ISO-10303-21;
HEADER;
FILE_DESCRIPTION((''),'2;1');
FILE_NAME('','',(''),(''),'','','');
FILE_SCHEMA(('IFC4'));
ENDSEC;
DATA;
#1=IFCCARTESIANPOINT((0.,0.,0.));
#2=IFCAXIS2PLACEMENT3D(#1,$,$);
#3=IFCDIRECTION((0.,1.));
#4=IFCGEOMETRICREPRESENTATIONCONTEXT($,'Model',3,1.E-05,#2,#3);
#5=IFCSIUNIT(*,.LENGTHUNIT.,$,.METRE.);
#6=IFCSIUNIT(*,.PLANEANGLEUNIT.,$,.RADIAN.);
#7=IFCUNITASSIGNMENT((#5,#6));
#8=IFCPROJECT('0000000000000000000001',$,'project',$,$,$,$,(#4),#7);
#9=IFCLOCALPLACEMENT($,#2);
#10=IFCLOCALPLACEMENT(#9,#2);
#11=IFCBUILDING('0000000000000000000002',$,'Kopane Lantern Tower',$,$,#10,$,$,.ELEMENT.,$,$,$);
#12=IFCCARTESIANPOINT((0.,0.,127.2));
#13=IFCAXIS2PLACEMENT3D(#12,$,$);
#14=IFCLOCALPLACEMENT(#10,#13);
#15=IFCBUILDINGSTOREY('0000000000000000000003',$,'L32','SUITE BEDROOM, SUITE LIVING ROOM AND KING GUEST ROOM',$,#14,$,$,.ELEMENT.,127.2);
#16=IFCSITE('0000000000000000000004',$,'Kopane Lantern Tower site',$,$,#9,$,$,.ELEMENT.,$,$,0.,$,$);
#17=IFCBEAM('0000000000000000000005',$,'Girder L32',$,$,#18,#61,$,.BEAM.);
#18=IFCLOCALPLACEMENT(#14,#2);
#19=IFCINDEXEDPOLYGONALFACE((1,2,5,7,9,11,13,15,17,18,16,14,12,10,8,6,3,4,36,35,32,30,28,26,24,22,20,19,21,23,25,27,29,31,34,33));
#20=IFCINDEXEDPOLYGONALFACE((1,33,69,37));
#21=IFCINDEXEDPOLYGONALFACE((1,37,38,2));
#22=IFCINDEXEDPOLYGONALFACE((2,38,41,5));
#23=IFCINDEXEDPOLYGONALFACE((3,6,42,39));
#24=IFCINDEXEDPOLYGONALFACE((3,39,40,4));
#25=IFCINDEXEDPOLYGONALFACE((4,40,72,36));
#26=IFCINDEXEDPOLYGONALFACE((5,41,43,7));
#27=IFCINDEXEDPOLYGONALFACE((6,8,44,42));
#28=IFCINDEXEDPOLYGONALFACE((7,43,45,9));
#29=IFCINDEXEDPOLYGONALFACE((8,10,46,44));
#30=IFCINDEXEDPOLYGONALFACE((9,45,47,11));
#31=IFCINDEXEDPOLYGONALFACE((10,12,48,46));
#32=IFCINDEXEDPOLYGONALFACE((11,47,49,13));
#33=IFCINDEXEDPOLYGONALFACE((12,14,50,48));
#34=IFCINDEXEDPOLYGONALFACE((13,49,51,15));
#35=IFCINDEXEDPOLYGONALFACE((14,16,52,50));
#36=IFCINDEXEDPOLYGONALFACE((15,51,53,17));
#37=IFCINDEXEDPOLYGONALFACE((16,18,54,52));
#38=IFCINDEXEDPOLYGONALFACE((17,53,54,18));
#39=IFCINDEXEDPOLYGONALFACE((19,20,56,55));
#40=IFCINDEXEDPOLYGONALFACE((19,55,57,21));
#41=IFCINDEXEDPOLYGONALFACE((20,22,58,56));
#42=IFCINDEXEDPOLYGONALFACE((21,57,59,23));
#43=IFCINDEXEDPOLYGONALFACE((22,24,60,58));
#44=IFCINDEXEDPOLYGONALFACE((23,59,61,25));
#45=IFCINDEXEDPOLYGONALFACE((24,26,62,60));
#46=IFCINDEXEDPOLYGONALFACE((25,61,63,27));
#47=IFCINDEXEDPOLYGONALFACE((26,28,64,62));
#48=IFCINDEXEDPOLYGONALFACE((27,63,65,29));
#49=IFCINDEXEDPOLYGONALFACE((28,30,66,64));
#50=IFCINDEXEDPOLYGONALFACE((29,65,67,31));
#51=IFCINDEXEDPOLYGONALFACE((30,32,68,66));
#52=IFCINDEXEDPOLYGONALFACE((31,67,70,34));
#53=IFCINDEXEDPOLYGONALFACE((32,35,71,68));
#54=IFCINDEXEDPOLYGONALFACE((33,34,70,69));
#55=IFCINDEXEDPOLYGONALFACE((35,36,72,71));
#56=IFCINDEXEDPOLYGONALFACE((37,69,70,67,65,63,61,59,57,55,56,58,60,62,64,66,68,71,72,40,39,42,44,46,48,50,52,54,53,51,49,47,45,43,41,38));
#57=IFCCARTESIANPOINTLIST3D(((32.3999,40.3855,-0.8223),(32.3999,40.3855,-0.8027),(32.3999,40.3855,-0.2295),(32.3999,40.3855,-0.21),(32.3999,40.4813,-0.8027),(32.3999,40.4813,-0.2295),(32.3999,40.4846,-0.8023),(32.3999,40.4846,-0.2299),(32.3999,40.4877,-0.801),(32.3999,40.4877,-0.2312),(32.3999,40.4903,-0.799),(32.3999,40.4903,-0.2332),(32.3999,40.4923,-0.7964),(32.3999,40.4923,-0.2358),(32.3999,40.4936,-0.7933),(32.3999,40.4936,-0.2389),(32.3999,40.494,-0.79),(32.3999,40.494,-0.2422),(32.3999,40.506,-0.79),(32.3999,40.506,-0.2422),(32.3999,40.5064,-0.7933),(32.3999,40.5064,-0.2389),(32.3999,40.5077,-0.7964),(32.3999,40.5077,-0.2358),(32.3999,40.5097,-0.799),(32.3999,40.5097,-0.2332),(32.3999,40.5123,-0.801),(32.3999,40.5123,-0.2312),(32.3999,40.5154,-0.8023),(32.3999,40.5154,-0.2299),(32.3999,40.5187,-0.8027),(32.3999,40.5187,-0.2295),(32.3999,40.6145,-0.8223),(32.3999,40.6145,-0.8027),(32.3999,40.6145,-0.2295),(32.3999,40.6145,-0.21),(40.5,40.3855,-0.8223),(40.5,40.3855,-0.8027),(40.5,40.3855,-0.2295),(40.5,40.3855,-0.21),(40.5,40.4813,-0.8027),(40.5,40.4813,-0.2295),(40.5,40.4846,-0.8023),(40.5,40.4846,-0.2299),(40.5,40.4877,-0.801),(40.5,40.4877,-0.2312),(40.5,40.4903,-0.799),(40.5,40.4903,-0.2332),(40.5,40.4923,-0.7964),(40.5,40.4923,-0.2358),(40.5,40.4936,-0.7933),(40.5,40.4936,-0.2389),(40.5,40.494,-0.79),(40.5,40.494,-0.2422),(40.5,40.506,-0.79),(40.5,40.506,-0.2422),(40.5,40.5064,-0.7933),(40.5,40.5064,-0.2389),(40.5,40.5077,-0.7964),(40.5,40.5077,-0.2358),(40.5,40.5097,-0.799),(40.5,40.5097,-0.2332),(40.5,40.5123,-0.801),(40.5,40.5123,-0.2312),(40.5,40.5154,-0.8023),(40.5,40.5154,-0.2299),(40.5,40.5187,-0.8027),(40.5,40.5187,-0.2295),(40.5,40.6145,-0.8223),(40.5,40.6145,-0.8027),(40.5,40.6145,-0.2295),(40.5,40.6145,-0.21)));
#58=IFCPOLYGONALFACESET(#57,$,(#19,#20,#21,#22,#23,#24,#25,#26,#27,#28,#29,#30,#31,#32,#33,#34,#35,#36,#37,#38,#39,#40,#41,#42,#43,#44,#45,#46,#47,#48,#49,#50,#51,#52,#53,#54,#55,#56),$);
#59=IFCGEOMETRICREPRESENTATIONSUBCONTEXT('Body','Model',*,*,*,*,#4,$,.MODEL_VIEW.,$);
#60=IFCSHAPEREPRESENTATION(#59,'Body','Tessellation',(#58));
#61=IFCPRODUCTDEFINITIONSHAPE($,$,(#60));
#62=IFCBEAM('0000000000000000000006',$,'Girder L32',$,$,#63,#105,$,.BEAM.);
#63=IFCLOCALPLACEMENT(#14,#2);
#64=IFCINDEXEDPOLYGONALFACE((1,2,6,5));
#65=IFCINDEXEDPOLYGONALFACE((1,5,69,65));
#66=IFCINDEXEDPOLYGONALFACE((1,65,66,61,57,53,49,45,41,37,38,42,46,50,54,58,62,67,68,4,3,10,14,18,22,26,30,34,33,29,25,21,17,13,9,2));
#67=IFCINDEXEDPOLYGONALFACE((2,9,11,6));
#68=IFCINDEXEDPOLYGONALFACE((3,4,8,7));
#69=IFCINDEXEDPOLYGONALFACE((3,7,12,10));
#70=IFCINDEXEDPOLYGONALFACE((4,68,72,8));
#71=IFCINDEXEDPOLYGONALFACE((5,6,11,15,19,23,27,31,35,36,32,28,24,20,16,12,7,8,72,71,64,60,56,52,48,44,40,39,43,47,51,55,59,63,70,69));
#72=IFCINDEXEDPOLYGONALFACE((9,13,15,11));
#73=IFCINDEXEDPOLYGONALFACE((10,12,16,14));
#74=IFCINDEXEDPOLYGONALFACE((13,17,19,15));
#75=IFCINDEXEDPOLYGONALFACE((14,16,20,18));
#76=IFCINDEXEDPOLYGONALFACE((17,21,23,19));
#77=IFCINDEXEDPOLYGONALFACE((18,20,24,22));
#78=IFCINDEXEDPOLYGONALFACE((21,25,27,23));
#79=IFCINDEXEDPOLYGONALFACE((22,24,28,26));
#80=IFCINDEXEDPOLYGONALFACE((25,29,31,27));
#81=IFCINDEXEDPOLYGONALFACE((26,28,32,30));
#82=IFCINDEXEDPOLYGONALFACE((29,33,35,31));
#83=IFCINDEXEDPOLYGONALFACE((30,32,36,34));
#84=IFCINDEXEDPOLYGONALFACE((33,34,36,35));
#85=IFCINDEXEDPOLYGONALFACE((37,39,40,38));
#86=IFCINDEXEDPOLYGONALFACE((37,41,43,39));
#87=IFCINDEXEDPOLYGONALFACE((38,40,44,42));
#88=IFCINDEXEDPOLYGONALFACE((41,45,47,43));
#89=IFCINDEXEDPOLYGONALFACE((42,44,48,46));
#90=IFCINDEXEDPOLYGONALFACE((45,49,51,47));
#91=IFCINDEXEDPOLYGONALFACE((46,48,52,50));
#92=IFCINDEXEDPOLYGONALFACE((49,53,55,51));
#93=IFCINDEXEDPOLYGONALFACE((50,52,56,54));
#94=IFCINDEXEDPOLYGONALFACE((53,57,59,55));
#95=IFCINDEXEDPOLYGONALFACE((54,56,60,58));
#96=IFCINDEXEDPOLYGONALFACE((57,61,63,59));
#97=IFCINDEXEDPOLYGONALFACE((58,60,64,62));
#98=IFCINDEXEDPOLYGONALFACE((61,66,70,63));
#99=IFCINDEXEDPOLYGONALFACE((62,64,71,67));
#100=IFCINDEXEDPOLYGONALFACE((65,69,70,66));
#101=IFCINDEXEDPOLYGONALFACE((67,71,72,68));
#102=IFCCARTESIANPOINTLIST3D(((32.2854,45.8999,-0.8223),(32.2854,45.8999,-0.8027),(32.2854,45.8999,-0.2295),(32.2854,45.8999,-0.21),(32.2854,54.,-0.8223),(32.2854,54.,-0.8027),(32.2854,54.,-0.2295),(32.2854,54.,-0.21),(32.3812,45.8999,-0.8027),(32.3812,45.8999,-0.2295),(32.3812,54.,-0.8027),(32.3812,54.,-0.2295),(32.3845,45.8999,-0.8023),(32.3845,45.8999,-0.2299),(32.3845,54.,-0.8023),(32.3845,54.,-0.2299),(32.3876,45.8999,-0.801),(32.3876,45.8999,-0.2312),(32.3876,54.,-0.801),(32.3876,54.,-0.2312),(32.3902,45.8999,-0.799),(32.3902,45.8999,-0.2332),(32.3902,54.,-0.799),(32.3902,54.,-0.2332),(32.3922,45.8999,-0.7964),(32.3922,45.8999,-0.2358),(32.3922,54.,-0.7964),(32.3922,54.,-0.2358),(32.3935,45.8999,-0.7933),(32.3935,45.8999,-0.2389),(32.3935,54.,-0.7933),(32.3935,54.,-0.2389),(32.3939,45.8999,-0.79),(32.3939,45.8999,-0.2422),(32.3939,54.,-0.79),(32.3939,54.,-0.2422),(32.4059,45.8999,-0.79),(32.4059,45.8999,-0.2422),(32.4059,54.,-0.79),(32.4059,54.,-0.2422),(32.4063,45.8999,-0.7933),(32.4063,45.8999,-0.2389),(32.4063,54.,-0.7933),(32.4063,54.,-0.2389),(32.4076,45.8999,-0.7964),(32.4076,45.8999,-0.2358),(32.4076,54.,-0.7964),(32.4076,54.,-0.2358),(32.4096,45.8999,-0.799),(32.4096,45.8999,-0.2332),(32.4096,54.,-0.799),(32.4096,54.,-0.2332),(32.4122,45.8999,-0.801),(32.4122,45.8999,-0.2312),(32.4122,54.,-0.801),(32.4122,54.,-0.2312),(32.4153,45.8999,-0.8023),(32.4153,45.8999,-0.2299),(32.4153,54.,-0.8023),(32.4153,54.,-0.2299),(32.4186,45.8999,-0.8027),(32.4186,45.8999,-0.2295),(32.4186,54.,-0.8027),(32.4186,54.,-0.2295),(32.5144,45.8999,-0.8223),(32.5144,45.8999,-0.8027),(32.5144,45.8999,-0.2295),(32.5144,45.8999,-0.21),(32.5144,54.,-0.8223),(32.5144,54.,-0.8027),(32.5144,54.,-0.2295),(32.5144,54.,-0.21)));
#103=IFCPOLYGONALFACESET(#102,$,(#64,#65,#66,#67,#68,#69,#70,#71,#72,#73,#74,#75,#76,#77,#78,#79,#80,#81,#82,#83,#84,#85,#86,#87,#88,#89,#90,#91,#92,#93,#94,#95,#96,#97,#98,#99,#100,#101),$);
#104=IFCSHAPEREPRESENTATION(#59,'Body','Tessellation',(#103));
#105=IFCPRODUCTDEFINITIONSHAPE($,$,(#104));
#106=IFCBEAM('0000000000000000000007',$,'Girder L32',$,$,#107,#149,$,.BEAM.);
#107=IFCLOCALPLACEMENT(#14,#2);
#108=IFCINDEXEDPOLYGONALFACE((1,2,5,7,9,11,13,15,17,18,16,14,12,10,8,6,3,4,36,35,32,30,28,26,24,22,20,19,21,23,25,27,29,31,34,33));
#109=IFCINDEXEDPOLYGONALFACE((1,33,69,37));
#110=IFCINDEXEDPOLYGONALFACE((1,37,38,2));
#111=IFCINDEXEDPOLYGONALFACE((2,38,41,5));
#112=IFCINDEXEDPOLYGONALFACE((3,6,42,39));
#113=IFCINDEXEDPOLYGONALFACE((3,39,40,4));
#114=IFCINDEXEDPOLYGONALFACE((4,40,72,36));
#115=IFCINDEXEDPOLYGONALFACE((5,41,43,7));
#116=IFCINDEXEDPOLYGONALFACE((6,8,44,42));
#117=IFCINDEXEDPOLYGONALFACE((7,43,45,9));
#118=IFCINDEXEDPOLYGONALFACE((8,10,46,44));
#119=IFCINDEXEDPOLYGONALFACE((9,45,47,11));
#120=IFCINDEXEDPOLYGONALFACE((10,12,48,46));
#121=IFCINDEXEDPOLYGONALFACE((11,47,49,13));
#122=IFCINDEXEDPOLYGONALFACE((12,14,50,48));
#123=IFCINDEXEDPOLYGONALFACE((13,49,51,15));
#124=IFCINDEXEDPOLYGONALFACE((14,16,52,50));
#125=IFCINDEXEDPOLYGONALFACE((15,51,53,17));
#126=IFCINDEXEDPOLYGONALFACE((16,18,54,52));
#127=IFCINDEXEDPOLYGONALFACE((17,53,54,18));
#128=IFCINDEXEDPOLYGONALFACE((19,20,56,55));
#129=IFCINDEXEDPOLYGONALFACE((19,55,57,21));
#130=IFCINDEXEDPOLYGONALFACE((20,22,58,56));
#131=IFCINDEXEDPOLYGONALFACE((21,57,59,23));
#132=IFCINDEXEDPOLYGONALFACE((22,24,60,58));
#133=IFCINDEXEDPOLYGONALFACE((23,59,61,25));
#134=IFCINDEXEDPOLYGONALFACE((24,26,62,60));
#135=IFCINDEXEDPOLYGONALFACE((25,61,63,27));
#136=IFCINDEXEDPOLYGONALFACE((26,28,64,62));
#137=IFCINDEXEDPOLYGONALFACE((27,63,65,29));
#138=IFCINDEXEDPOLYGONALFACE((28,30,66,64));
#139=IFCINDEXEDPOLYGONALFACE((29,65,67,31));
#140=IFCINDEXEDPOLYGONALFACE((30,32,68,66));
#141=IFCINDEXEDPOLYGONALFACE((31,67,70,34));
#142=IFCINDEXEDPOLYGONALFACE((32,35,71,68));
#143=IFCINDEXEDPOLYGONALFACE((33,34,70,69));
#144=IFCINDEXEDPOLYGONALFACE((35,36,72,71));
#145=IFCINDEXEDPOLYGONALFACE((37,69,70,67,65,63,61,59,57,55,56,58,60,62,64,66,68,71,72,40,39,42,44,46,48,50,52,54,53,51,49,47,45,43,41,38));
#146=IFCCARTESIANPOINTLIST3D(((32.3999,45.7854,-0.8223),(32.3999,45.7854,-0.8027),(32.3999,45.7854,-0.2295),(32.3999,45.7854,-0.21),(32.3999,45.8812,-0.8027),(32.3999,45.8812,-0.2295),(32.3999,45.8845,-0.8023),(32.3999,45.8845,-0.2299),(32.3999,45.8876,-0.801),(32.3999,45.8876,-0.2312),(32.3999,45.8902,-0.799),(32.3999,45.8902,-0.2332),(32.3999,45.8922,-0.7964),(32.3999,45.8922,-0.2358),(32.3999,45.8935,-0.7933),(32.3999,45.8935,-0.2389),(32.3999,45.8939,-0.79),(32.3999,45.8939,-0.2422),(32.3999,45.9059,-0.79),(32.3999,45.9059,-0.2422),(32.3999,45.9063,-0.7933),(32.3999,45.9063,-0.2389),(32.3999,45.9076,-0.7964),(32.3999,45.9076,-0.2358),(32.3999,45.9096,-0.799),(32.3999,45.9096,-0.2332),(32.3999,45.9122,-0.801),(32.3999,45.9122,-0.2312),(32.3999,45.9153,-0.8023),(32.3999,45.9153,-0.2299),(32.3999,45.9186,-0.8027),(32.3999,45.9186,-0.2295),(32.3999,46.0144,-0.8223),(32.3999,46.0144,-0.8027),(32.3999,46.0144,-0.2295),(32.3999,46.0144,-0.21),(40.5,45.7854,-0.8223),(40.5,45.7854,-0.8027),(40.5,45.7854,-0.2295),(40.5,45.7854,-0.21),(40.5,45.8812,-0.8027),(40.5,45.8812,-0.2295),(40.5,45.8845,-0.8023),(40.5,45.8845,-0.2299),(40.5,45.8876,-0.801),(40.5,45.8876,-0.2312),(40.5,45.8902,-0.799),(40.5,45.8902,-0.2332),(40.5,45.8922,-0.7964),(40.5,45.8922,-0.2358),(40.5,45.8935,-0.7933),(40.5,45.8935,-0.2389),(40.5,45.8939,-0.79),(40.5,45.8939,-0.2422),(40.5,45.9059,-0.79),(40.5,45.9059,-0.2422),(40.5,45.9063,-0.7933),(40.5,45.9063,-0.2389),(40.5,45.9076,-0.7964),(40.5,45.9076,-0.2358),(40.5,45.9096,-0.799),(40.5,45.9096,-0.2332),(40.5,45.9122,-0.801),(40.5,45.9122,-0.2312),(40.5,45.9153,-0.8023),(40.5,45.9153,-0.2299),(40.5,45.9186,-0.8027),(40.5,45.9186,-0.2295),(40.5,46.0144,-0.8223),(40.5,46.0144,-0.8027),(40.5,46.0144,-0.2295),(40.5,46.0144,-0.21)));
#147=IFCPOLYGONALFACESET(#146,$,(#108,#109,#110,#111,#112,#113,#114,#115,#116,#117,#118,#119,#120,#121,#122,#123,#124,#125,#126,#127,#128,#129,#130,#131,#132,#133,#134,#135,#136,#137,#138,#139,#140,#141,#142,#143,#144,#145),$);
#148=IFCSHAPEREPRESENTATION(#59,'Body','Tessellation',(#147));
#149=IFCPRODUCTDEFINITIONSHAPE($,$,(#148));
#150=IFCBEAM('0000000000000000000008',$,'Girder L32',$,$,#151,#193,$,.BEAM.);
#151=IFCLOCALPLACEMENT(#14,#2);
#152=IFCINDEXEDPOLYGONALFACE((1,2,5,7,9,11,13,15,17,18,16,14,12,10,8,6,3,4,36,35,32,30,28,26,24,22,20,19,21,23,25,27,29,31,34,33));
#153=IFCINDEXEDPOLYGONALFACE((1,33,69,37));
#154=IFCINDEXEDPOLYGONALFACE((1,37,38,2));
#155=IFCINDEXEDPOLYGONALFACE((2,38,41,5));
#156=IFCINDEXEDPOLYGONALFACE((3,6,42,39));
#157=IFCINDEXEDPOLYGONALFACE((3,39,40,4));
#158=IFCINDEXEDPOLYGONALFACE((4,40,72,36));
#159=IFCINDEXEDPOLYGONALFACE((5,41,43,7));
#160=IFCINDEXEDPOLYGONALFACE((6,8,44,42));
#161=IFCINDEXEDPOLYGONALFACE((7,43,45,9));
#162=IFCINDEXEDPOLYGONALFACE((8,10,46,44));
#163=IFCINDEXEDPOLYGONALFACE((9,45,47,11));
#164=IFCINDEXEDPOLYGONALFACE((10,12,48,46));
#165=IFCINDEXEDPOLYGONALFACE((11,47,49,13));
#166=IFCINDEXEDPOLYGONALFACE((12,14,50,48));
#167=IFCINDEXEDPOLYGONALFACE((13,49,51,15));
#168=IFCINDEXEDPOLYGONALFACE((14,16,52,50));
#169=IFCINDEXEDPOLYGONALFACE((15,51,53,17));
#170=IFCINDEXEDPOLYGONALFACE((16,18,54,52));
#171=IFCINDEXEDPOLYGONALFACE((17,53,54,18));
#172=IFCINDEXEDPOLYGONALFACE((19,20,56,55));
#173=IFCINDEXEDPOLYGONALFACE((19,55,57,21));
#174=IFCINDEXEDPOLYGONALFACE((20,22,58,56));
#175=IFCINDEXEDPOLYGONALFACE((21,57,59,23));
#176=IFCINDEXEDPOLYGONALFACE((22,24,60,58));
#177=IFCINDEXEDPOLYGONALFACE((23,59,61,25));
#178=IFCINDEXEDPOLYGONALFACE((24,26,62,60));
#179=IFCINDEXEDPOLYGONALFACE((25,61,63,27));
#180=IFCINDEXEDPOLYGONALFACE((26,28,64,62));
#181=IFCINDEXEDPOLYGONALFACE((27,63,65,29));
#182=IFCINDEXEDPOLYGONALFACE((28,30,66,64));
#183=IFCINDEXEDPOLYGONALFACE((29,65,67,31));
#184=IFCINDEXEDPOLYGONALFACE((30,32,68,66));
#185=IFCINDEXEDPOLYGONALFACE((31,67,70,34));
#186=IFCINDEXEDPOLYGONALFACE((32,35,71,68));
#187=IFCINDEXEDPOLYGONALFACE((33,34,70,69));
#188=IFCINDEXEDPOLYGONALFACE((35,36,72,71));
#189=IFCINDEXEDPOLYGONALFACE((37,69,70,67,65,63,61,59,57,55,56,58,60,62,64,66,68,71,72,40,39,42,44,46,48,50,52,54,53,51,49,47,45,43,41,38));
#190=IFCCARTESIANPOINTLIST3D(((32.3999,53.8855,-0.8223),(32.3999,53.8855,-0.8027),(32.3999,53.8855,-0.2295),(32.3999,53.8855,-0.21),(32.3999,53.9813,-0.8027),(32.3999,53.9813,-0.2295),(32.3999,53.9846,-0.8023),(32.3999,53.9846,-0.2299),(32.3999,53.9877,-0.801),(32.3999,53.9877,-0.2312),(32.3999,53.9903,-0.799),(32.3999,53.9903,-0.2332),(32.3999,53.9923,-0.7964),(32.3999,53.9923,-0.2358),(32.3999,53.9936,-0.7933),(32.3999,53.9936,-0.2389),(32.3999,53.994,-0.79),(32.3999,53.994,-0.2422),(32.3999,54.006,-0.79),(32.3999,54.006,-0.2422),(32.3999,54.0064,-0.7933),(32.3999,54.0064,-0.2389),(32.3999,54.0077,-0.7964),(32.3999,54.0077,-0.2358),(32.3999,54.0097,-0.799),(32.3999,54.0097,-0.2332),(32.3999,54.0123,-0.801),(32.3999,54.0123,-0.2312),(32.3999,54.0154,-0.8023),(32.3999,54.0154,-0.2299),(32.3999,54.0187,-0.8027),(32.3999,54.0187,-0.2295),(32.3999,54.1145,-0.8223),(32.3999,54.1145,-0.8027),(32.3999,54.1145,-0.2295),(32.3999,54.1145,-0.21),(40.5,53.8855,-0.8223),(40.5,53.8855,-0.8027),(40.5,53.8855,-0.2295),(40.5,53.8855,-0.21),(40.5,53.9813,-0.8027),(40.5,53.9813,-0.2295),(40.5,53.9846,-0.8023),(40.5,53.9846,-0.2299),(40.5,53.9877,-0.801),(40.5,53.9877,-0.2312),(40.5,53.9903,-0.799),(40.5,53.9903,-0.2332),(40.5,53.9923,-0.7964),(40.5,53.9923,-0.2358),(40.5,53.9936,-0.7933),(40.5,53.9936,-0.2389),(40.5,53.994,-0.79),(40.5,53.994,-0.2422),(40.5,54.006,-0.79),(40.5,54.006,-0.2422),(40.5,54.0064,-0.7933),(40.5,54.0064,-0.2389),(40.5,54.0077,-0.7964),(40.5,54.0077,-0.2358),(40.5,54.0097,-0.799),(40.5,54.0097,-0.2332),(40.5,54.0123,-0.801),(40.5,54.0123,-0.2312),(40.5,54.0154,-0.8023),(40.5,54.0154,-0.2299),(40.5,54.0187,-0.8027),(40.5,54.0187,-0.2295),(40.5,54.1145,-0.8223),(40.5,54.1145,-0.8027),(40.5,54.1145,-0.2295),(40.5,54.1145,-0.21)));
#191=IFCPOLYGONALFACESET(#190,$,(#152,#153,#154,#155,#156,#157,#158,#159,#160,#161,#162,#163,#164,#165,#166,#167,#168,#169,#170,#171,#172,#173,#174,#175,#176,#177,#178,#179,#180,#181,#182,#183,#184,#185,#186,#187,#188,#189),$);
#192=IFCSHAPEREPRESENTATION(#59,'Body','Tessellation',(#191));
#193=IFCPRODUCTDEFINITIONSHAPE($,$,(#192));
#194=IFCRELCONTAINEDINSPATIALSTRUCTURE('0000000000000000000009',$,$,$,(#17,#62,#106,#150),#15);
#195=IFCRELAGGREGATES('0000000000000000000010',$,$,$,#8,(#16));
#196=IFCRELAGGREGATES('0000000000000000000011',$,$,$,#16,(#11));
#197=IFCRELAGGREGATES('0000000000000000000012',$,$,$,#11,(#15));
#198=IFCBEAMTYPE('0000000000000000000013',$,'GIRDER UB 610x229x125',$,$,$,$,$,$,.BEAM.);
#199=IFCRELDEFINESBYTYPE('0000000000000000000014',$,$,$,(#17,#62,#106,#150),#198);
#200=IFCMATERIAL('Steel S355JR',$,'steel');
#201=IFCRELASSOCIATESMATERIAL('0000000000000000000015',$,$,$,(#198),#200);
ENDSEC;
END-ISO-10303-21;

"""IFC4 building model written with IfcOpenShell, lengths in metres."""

from ifc_helpers import new_model, si_unit, direction, frame, origin, origin_2d, place, context, subcontext, project, spatial, i_section, extrude, material, material_profile, profile_set, type_object, element, save


model = new_model("IFC4")

# Units and contexts
model_context = context("Model", 3, precision=1e-05, world=origin(), true_north=direction((0.0, 1.0)))
body_context = subcontext(model_context, "Body", "Model", "MODEL_VIEW")
ifc_project = project(units=[si_unit("LENGTHUNIT", "METRE"), si_unit("PLANEANGLEUNIT", "RADIAN")], contexts=[model_context])

# Site, building, storey
site_placement = place(None, origin())
site = spatial("IfcSite", under=ifc_project, at=site_placement, Name="Kopane Lantern Tower site", CompositionType="ELEMENT", RefElevation=0.0)
building_placement = place(site_placement, origin())
building = spatial("IfcBuilding", under=site, at=building_placement, Name="Kopane Lantern Tower", CompositionType="ELEMENT")
storey_placement = place(building_placement, frame((0.0, 0.0, 127.2)))
storey = spatial("IfcBuildingStorey", under=building, at=storey_placement, Name="L32", Description="SUITE BEDROOM, SUITE LIVING ROOM AND KING GUEST ROOM", CompositionType="ELEMENT", Elevation=127.2)

# Beams
ifc_material_1 = material(Name="Steel S355JR", Category="steel")
ifc_material_profile_1 = material_profile(ifc_material_1, i_section(OverallWidth=0.229, OverallDepth=0.6123, WebThickness=0.012, FlangeThickness=0.0195, FilletRadius=0.0127, at=origin_2d()), Name="UB 610x229x125")
ifc_profile_set_1 = profile_set([ifc_material_profile_1], Name="Steel S355JR")
beam_type = type_object("IfcBeamType", Name="GIRDER UB 610x229x125", PredefinedType="BEAM", material=ifc_profile_set_1)
for number, where, z_axis, x_axis, name in (
    (1, (32.3999, 40.5, -0.5161), (1.0, 0.0, 0.0), (0.0, 1.0, 0.0), "Girder L32"),
    (2, (32.3999, 45.8999, -0.5161), (0.0, 1.0, 0.0), (-1.0, 0.0, 0.0), "Girder L32"),
    (3, (32.3999, 45.8999, -0.5161), (1.0, 0.0, 0.0), (0.0, 1.0, 0.0), "Girder L32"),
    (4, (32.3999, 54.0, -0.5161), (1.0, 0.0, 0.0), (0.0, 1.0, 0.0), "Girder L32"),
):
    element("IfcBeam", number, at=place(storey_placement, frame(where, z_axis=z_axis, x_axis=x_axis)), inside=storey, type_object=beam_type, Name=name, PredefinedType="BEAM", context=body_context, shape_type="SweptSolid", body=[
        extrude(i_section(OverallWidth=0.229, OverallDepth=0.6123, WebThickness=0.012, FlangeThickness=0.0195, FilletRadius=0.0127, at=origin_2d()), origin(), (0.0, 0.0, 1.0), 8.1001),
    ])

save(model, "model.ifc")
